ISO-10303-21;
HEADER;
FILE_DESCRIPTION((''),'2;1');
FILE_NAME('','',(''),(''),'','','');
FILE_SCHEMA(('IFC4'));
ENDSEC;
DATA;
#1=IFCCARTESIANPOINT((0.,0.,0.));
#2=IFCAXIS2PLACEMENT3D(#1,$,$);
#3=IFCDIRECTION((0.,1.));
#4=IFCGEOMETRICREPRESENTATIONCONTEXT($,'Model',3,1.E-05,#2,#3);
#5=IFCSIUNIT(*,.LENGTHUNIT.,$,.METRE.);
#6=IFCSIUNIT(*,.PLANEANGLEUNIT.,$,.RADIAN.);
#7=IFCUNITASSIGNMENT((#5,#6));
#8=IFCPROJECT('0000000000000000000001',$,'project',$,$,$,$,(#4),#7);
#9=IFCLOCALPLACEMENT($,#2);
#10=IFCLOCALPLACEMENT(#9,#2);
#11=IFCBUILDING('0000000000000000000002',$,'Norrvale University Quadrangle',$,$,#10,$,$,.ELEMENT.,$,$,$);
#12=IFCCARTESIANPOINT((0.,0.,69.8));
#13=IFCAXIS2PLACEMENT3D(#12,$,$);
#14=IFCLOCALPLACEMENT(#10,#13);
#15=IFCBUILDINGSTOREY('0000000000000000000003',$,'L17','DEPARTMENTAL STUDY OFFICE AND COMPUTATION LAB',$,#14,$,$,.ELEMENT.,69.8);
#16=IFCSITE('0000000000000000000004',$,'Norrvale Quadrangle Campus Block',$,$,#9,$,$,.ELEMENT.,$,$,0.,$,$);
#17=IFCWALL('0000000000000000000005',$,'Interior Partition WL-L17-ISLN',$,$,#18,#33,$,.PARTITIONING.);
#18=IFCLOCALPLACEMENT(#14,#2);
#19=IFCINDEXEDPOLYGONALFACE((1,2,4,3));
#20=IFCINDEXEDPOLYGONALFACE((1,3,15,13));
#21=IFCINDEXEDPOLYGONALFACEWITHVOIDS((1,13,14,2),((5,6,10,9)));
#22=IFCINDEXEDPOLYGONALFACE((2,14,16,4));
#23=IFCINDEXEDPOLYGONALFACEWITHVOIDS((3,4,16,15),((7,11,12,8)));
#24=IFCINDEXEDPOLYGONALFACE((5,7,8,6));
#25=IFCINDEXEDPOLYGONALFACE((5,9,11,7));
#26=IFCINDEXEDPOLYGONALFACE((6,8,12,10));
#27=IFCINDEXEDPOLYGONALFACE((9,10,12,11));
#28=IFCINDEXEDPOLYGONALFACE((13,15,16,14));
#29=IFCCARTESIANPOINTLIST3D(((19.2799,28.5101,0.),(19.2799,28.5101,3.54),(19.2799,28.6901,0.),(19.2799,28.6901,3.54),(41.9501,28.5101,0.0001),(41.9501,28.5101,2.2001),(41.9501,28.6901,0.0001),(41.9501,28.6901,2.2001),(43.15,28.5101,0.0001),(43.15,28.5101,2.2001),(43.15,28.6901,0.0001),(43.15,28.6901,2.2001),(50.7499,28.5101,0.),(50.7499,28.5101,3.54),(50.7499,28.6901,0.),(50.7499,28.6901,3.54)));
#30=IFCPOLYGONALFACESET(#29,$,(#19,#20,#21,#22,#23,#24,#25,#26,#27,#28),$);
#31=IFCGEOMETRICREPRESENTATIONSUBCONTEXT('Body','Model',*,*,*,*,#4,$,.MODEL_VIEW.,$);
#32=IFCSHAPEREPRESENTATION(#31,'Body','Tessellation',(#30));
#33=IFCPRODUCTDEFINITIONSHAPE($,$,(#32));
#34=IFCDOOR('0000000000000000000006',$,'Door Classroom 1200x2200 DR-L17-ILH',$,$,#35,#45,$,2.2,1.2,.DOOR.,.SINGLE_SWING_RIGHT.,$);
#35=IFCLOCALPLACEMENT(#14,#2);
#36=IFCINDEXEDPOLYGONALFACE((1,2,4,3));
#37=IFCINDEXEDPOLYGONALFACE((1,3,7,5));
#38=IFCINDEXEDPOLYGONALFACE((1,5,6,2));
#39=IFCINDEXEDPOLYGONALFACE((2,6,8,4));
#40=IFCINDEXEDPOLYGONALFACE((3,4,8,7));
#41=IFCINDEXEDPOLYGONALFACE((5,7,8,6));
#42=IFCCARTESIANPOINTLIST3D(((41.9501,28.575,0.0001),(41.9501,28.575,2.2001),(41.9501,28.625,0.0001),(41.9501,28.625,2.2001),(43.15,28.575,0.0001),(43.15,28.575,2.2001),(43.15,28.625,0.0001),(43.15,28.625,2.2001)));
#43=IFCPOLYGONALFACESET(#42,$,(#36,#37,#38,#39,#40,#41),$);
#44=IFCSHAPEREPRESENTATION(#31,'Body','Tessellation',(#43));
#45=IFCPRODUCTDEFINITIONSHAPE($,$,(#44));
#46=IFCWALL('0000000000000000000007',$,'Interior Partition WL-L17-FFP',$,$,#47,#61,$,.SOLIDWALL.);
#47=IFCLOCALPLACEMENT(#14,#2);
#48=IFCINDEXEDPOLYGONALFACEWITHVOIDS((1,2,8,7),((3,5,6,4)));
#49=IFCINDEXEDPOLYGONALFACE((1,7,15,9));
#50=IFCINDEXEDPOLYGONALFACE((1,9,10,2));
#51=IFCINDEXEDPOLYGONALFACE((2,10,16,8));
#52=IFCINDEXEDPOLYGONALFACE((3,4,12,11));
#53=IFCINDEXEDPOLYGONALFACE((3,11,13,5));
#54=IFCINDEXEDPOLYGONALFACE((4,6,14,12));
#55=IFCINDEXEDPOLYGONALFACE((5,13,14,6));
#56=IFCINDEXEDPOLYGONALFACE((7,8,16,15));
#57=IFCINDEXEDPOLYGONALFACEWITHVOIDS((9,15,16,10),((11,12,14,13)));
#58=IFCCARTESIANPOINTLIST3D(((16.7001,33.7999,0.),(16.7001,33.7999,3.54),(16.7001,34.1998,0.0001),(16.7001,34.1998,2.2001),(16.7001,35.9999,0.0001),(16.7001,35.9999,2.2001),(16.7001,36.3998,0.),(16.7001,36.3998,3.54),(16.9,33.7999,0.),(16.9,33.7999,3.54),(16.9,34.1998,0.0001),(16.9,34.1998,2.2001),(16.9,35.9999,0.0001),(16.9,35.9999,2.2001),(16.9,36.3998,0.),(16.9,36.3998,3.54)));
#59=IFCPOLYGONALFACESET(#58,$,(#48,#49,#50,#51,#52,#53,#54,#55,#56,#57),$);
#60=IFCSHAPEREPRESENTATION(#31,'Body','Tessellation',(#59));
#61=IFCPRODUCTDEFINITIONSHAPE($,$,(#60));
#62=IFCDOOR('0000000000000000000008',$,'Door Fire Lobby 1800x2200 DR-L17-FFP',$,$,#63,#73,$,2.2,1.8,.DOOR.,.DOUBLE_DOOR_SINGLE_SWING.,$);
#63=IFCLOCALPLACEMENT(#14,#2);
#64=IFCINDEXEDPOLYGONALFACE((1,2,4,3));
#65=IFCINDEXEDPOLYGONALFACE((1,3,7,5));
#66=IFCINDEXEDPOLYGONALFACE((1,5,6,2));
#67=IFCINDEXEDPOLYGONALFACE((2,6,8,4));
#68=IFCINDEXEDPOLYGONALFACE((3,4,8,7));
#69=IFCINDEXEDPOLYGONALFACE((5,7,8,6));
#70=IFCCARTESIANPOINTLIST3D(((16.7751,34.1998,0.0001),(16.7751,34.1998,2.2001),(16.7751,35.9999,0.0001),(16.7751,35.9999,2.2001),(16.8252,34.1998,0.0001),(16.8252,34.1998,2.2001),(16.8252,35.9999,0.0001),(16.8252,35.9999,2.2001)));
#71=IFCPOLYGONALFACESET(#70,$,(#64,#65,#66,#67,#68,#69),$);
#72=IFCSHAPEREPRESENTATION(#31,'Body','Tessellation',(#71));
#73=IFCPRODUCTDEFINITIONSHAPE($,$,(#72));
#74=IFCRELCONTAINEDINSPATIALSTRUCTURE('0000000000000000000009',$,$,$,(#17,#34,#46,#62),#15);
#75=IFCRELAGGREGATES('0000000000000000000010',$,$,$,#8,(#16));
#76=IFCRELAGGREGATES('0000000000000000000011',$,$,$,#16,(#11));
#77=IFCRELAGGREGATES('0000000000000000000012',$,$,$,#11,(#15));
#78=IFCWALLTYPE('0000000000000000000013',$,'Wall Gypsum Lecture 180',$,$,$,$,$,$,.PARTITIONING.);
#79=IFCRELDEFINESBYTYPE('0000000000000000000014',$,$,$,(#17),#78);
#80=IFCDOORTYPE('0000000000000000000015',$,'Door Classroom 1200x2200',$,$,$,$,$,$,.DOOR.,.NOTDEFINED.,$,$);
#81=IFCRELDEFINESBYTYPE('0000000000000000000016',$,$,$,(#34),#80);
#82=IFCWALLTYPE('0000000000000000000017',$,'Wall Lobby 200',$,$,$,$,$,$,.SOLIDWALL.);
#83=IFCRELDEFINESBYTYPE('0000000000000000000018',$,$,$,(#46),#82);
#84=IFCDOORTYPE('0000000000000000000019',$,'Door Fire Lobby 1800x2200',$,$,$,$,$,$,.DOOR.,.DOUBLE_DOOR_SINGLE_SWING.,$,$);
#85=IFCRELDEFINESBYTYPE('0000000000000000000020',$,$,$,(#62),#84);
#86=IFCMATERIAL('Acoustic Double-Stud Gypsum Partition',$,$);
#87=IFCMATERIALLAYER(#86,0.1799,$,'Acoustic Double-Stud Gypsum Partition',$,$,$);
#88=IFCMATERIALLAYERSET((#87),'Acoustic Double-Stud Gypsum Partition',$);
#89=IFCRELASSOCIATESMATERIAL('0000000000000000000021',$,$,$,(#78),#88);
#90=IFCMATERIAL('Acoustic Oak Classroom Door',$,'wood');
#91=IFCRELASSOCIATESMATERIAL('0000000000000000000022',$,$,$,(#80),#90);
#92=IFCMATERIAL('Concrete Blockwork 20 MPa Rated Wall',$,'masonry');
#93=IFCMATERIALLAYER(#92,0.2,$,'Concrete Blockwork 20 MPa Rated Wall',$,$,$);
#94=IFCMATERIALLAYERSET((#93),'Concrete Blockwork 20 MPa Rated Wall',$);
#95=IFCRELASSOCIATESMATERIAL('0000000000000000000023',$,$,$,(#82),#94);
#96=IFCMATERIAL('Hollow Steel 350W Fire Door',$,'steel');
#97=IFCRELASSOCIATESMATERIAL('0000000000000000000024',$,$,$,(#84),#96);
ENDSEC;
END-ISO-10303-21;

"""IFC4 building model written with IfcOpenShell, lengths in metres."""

from ifc_helpers import new_model, si_unit, direction, frame, frame_2d, origin, place, context, subcontext, project, spatial, rectangle, extrude, material, layer, layer_set, type_object, element, fill, save


model = new_model("IFC4")

# Units and contexts
model_context = context("Model", 3, precision=1e-05, world=origin(), true_north=direction((0.0, 1.0)))
body_context = subcontext(model_context, "Body", "Model", "MODEL_VIEW")
ifc_project = project(units=[si_unit("LENGTHUNIT", "METRE"), si_unit("PLANEANGLEUNIT", "RADIAN")], contexts=[model_context])

# Site, building, storey
site_placement = place(None, origin())
site = spatial("IfcSite", under=ifc_project, at=site_placement, Name="Norrvale Quadrangle Campus Block", CompositionType="ELEMENT", RefElevation=0.0)
building_placement = place(site_placement, origin())
building = spatial("IfcBuilding", under=site, at=building_placement, Name="Norrvale University Quadrangle", CompositionType="ELEMENT")
storey_placement = place(building_placement, frame((0.0, 0.0, 69.8)))
storey = spatial("IfcBuildingStorey", under=building, at=storey_placement, Name="L17", Description="DEPARTMENTAL STUDY OFFICE AND COMPUTATION LAB", CompositionType="ELEMENT", Elevation=69.8)

# Walls, openings, doors
ifc_material_1 = material(Name="Acoustic Double-Stud Gypsum Partition")
ifc_layer_1 = layer(ifc_material_1, 0.1799, Name="Acoustic Double-Stud Gypsum Partition")
ifc_layer_set_1 = layer_set([ifc_layer_1], Name="Acoustic Double-Stud Gypsum Partition")
wall_type_1 = type_object("IfcWallType", Name="Wall Gypsum Lecture 180", PredefinedType="PARTITIONING", material=ifc_layer_set_1)
wall_1_placement = place(storey_placement, frame((19.28, 28.6001, 0.0), z_axis=(0.0, 0.0, 1.0), x_axis=(1.0, 0.0, 0.0)))
wall_1 = element("IfcWall", 1, at=wall_1_placement, inside=storey, type_object=wall_type_1, Name="Interior Partition WL-L17-ISLN", PredefinedType="PARTITIONING", context=body_context, shape_type="SweptSolid", body=[
    extrude(rectangle(XDim=31.47, YDim=0.1799, at=frame_2d((15.7349, 0.0))), origin(), (0.0, 0.0, 1.0), 3.54),
])
opening_1_placement = place(wall_1_placement, frame((22.6699, 0.0, 0.0)))
opening_1 = element("IfcOpeningElement", 2, at=opening_1_placement, cuts=wall_1, PredefinedType="OPENING", context=body_context, shape_type="SweptSolid", body=[
    extrude(rectangle(XDim=1.2, YDim=2.2, at=frame_2d((0.6001, 1.1001))), frame((0.0, 0.1021, 0.0), z_axis=(0.0, -1.0, 0.0), x_axis=(1.0, 0.0, 0.0)), (0.0, 0.0, 1.0), 0.2039),
])
ifc_material_2 = material(Name="Acoustic Oak Classroom Door", Category="wood")
door_type_1 = type_object("IfcDoorType", Name="Door Classroom 1200x2200", OperationType="NOTDEFINED", PredefinedType="DOOR", material=ifc_material_2)
door_1_placement = place(opening_1_placement, origin())
door_1 = element("IfcDoor", 3, at=door_1_placement, inside=storey, type_object=door_type_1, Name="Door Classroom 1200x2200 DR-L17-ILH", OperationType="SINGLE_SWING_RIGHT", OverallHeight=2.2, OverallWidth=1.2, PredefinedType="DOOR", context=body_context, shape_type="SweptSolid", body=[
    extrude(rectangle(XDim=1.2, YDim=2.2, at=frame_2d((0.6001, 1.1001))), frame((0.0, 0.0249, 0.0), z_axis=(0.0, -1.0, 0.0), x_axis=(1.0, 0.0, 0.0)), (0.0, 0.0, 1.0), 0.05),
])
fill(opening_1, door_1)
ifc_material_3 = material(Name="Concrete Blockwork 20 MPa Rated Wall", Category="masonry")
ifc_layer_2 = layer(ifc_material_3, 0.2, Name="Concrete Blockwork 20 MPa Rated Wall")
ifc_layer_set_2 = layer_set([ifc_layer_2], Name="Concrete Blockwork 20 MPa Rated Wall")
wall_type_2 = type_object("IfcWallType", Name="Wall Lobby 200", PredefinedType="SOLIDWALL", material=ifc_layer_set_2)
wall_2_placement = place(storey_placement, frame((16.8, 33.8, 0.0), z_axis=(0.0, 0.0, 1.0), x_axis=(0.0, 1.0, 0.0)))
wall_2 = element("IfcWall", 4, at=wall_2_placement, inside=storey, type_object=wall_type_2, Name="Interior Partition WL-L17-FFP", PredefinedType="SOLIDWALL", context=body_context, shape_type="SweptSolid", body=[
    extrude(rectangle(XDim=2.5999, YDim=0.2, at=frame_2d((1.2998, 0.0))), origin(), (0.0, 0.0, 1.0), 3.54),
])
opening_2_placement = place(wall_2_placement, frame((0.3999, 0.0, 0.0)))
opening_2 = element("IfcOpeningElement", 5, at=opening_2_placement, cuts=wall_2, PredefinedType="OPENING", context=body_context, shape_type="SweptSolid", body=[
    extrude(rectangle(XDim=1.8, YDim=2.2, at=frame_2d((0.8999, 1.1001))), frame((0.0, 0.1121, 0.0), z_axis=(0.0, -1.0, 0.0), x_axis=(1.0, 0.0, 0.0)), (0.0, 0.0, 1.0), 0.2239),
])
ifc_material_4 = material(Name="Hollow Steel 350W Fire Door", Category="steel")
door_type_2 = type_object("IfcDoorType", Name="Door Fire Lobby 1800x2200", OperationType="DOUBLE_DOOR_SINGLE_SWING", PredefinedType="DOOR", material=ifc_material_4)
door_2_placement = place(opening_2_placement, origin())
door_2 = element("IfcDoor", 6, at=door_2_placement, inside=storey, type_object=door_type_2, Name="Door Fire Lobby 1800x2200 DR-L17-FFP", OperationType="DOUBLE_DOOR_SINGLE_SWING", OverallHeight=2.2, OverallWidth=1.8, PredefinedType="DOOR", context=body_context, shape_type="SweptSolid", body=[
    extrude(rectangle(XDim=1.8, YDim=2.2, at=frame_2d((0.8999, 1.1001))), frame((0.0, 0.0249, 0.0), z_axis=(0.0, -1.0, 0.0), x_axis=(1.0, 0.0, 0.0)), (0.0, 0.0, 1.0), 0.05),
])
fill(opening_2, door_2)

save(model, "model.ifc")
